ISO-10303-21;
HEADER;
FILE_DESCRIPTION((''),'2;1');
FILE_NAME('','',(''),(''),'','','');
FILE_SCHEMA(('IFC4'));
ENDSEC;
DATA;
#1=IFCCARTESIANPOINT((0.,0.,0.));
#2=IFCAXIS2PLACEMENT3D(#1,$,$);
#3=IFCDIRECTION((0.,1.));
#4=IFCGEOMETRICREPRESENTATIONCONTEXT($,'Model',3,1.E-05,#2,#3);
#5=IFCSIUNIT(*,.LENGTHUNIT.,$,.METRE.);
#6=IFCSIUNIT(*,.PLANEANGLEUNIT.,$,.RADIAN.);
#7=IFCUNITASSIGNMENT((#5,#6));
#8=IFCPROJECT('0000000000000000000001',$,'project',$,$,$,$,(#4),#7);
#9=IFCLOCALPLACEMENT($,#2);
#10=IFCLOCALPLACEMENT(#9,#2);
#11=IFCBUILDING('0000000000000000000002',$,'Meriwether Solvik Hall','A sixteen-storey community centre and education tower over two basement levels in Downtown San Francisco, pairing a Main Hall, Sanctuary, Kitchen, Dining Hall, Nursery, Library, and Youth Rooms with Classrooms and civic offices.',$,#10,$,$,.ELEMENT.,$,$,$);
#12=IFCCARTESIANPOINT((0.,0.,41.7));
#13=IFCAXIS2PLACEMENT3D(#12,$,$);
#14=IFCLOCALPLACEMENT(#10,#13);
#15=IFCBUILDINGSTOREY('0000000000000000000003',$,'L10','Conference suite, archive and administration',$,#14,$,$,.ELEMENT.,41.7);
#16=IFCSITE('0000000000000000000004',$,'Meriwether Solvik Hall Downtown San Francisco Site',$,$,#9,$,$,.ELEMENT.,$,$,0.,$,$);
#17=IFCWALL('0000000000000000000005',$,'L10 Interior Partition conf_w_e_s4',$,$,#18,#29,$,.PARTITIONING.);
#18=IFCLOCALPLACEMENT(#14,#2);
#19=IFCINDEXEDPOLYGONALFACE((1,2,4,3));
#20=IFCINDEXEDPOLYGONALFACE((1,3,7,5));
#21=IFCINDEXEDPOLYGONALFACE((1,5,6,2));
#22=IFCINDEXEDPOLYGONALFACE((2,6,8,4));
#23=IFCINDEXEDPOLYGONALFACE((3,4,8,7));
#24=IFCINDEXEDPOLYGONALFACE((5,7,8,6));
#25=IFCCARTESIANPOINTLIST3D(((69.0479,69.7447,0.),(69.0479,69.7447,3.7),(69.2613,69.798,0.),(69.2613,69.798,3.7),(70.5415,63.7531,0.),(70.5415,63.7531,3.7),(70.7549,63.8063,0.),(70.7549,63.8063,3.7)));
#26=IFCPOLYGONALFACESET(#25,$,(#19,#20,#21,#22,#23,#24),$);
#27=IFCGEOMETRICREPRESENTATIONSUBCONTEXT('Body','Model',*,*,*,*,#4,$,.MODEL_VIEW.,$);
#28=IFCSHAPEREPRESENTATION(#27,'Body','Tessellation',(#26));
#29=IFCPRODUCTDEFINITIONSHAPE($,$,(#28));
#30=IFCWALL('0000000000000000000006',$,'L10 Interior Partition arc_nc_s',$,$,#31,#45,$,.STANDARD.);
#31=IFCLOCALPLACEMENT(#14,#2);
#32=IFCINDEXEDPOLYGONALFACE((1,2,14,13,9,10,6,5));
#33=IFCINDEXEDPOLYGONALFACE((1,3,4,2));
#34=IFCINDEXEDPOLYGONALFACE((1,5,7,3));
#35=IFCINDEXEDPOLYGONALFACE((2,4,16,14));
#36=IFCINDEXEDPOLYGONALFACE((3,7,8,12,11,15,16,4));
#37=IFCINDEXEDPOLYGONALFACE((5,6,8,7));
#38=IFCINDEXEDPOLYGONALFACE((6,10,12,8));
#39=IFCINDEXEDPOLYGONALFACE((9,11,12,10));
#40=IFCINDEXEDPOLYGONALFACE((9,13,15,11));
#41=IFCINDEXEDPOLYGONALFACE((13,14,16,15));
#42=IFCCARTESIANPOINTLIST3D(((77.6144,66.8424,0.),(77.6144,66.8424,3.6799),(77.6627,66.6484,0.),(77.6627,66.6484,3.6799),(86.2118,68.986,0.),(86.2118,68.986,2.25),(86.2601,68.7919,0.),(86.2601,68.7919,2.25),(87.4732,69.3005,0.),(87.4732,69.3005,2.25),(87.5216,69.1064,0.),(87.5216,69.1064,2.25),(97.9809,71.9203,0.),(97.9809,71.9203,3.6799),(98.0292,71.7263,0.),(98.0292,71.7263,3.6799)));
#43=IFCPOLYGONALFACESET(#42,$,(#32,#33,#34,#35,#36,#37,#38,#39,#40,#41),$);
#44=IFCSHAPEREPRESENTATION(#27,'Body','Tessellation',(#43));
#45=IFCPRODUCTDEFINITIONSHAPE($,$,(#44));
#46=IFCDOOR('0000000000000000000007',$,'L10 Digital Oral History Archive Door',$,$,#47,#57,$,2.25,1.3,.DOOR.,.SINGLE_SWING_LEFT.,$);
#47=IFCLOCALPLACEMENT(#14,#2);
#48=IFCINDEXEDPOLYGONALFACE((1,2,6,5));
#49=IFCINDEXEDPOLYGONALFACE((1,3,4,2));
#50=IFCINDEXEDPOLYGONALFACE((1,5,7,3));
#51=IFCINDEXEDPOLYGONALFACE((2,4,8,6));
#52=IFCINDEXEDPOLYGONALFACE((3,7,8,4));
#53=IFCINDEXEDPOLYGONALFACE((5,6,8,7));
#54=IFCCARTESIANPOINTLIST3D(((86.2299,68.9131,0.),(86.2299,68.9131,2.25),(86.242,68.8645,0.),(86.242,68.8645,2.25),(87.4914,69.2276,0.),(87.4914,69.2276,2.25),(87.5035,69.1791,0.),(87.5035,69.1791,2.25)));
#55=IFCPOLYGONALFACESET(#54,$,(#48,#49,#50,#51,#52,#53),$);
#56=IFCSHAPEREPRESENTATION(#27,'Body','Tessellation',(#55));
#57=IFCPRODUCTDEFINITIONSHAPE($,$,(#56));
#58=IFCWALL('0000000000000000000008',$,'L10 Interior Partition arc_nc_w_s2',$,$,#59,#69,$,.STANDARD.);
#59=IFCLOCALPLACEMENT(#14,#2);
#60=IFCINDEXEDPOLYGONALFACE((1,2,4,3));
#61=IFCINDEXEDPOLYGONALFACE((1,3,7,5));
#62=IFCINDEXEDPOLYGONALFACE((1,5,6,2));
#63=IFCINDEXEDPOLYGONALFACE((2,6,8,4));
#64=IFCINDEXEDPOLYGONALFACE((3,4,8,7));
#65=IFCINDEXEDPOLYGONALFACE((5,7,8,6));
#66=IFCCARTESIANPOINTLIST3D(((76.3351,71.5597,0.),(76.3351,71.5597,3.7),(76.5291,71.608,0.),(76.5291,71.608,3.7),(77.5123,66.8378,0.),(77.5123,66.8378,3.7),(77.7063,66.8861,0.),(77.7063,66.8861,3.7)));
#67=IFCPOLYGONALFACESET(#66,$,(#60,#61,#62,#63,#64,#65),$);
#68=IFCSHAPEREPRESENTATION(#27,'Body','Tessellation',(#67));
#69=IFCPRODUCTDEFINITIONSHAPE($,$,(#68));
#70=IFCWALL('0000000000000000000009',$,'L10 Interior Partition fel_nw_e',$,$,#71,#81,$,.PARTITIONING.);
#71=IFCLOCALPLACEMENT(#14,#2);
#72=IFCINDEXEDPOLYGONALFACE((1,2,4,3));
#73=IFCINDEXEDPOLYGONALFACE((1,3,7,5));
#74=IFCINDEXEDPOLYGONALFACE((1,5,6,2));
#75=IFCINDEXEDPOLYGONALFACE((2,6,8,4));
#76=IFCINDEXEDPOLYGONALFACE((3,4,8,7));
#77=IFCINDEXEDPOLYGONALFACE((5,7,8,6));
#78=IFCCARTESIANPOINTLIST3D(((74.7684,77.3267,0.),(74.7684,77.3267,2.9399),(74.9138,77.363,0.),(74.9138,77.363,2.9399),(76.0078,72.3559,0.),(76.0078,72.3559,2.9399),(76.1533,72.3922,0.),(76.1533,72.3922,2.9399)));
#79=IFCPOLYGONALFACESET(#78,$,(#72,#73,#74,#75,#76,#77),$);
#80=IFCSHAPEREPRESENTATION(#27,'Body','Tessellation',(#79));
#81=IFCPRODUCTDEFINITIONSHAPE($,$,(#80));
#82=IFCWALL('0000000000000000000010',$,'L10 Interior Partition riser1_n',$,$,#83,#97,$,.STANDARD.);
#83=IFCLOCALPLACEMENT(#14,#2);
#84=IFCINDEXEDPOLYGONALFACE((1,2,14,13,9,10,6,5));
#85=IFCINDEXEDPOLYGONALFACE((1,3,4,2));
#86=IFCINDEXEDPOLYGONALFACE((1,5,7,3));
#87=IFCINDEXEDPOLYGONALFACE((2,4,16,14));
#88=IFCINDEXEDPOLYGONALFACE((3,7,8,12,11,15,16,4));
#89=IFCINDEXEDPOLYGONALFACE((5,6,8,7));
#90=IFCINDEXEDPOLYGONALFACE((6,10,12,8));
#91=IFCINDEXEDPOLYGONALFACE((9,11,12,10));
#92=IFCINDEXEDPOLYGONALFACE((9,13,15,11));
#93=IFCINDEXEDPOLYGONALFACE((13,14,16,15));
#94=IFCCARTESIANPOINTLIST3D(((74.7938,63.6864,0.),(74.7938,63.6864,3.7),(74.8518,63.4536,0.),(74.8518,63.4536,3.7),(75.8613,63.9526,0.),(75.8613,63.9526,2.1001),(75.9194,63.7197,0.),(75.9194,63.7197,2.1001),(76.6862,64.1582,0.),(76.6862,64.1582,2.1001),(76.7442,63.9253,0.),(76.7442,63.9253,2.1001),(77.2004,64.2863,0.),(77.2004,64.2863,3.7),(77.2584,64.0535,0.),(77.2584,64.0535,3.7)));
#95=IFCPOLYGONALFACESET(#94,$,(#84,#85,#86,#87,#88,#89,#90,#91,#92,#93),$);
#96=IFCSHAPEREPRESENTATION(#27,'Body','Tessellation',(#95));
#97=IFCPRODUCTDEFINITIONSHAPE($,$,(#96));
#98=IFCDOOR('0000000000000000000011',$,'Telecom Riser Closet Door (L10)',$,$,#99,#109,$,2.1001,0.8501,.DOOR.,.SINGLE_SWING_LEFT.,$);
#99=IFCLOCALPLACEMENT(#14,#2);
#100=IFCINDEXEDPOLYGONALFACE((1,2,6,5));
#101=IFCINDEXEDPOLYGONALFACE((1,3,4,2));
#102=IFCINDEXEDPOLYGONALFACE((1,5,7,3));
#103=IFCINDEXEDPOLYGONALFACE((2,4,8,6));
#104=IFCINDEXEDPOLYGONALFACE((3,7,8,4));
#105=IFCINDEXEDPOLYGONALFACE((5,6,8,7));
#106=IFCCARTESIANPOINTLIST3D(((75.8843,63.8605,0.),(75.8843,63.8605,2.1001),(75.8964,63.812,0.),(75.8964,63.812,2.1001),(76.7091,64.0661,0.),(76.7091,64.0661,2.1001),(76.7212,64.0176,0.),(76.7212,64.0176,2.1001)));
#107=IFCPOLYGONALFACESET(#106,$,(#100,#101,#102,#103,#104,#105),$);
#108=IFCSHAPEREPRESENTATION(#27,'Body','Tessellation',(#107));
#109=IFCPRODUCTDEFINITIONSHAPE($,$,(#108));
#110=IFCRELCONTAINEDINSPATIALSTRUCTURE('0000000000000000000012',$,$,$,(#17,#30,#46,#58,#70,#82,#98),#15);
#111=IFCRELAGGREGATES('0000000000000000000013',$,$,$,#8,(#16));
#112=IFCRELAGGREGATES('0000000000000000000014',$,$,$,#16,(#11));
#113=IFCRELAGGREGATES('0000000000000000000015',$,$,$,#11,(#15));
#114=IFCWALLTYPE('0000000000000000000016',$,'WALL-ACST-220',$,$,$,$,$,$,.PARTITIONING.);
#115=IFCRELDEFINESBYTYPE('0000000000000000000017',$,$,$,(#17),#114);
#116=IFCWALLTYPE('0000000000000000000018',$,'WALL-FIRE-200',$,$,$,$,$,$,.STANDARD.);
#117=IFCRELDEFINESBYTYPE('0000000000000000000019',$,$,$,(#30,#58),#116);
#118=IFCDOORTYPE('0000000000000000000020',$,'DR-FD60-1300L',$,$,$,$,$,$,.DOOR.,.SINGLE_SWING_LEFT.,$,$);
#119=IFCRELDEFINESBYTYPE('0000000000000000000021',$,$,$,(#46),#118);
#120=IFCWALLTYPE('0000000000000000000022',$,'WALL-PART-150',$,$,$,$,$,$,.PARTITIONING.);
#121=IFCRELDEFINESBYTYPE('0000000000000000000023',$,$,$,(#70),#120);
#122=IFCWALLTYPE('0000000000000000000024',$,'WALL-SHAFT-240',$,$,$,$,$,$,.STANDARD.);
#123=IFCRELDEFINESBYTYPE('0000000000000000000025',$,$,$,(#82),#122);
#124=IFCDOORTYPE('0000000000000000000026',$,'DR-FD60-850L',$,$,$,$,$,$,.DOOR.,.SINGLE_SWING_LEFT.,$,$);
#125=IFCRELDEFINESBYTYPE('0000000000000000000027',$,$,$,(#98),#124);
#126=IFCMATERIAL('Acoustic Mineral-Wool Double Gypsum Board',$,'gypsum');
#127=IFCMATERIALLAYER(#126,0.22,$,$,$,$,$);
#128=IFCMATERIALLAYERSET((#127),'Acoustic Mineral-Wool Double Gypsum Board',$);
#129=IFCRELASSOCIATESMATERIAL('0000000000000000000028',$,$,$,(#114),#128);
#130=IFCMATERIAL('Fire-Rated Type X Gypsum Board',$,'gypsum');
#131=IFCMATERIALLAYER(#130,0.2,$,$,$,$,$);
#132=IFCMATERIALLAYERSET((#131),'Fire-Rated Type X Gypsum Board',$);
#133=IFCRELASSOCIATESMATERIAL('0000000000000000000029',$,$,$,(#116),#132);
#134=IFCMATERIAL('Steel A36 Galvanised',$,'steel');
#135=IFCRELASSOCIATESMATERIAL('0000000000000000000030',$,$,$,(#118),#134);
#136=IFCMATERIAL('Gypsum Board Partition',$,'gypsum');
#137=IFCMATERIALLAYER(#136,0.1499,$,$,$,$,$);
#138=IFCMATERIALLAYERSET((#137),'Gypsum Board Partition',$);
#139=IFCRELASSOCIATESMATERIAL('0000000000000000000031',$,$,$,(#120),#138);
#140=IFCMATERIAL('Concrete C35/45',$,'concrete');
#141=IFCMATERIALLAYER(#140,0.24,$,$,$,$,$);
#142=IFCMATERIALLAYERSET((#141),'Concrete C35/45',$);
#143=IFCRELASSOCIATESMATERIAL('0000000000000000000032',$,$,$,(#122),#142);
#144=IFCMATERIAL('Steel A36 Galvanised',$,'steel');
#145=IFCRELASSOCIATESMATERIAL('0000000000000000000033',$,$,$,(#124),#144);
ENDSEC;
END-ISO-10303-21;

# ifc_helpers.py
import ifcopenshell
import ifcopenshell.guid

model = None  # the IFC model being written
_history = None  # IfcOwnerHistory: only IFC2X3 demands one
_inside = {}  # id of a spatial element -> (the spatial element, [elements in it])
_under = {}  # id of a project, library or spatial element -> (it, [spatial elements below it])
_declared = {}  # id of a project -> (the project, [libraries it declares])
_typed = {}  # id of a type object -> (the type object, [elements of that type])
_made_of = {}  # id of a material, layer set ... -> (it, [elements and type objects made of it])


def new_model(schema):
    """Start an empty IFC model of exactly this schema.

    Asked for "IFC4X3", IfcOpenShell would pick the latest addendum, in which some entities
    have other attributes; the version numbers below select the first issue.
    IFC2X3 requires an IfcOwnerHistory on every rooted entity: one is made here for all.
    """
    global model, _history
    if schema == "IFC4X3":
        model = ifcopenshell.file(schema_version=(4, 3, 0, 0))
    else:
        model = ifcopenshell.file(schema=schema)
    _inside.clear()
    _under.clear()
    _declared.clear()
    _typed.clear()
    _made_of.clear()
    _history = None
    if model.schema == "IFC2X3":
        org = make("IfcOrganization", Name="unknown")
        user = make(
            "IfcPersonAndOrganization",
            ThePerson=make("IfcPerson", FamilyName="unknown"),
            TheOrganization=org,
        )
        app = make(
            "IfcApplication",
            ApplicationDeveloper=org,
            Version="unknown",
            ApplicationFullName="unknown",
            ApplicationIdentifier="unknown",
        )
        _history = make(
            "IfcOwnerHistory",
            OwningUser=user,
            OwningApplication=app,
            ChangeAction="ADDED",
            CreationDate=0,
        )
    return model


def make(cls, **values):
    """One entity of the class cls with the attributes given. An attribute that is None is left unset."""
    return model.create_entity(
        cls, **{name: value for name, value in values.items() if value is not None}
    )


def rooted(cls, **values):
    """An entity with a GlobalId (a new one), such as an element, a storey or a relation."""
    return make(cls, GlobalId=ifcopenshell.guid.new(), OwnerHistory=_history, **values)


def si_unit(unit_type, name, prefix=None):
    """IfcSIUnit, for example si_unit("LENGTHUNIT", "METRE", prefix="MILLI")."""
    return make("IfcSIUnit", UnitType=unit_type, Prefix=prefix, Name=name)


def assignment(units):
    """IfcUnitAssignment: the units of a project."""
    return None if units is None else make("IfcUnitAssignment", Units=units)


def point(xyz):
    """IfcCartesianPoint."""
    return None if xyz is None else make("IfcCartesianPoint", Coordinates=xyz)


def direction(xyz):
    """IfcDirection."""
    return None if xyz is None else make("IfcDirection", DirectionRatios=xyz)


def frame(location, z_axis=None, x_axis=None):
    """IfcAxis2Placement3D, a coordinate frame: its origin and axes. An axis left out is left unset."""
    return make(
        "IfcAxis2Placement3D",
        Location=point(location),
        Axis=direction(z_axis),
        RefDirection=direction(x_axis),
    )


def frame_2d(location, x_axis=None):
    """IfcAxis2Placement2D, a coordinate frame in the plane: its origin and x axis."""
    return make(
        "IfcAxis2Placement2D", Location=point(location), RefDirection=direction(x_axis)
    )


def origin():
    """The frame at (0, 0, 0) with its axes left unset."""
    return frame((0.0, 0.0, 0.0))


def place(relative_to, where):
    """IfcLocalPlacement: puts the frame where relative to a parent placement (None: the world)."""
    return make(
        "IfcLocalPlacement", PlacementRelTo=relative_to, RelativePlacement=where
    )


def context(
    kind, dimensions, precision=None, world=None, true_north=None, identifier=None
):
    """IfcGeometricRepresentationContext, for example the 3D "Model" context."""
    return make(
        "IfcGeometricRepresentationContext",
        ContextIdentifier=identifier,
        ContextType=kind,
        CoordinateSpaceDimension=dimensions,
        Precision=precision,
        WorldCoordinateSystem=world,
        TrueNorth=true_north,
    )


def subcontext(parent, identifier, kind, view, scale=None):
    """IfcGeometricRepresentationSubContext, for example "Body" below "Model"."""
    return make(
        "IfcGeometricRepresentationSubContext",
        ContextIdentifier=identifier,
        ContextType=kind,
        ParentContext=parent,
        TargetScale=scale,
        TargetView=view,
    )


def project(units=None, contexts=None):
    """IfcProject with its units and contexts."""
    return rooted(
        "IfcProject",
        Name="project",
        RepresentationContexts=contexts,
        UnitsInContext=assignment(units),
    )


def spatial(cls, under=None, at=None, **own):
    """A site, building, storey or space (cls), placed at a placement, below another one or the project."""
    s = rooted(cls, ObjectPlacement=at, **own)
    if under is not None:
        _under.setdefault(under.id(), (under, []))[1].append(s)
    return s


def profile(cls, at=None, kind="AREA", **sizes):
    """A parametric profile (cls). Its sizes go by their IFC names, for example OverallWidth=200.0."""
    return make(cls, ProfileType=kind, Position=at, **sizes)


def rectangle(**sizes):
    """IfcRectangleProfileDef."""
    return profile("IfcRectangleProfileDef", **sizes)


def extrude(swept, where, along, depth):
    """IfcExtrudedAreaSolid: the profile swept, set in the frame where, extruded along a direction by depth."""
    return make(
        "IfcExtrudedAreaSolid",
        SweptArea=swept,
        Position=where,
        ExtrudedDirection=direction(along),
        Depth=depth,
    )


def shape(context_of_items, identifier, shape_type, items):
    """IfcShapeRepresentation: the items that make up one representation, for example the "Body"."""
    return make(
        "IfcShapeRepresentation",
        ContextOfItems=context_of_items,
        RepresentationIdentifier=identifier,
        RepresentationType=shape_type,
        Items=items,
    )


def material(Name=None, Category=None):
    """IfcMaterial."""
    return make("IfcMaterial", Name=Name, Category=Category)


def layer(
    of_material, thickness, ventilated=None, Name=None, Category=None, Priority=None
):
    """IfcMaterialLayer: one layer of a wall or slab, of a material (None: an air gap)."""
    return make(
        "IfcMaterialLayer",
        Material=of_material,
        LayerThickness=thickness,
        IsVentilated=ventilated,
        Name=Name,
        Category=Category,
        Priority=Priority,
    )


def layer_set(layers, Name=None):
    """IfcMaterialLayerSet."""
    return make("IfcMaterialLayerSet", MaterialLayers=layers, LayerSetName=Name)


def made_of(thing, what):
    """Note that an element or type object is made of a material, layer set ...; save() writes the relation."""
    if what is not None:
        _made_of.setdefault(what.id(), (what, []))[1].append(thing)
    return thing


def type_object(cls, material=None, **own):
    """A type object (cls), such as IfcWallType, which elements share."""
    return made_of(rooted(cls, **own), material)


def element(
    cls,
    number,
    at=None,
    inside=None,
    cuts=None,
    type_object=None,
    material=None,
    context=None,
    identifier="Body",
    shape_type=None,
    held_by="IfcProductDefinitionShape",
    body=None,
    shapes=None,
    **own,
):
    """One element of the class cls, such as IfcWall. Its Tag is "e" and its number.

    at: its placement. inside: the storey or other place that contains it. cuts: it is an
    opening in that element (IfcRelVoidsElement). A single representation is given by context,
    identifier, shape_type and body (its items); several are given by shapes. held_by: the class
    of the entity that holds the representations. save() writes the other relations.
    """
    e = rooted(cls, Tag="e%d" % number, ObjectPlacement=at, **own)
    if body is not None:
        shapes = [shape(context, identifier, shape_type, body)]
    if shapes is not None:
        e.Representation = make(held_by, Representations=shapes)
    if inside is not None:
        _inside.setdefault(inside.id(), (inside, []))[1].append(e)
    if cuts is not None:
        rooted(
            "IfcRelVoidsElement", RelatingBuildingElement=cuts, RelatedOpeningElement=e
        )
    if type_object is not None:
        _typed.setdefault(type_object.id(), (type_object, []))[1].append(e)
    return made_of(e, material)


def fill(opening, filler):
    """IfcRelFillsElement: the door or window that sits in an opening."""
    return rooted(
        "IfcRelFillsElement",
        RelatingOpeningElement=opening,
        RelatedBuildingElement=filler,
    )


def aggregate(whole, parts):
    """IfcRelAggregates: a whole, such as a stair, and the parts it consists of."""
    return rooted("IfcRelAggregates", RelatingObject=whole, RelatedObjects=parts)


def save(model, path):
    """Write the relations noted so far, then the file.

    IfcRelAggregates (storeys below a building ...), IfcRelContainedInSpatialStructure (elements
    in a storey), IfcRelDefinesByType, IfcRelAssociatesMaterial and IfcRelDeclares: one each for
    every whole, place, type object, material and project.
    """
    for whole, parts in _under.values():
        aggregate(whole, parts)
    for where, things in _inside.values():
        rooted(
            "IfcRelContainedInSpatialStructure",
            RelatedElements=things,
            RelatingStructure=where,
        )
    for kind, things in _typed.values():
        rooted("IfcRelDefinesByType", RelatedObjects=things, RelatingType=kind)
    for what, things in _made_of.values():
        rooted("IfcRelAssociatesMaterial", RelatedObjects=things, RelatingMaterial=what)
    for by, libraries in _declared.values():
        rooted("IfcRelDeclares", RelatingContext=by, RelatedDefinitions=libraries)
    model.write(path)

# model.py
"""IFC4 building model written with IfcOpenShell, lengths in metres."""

from ifc_helpers import new_model, si_unit, direction, frame, frame_2d, origin, place, context, subcontext, project, spatial, rectangle, extrude, material, layer, layer_set, type_object, element, fill, save


model = new_model("IFC4")

# Units and contexts
model_context = context("Model", 3, precision=1e-05, world=origin(), true_north=direction((0.0, 1.0)))
body_context = subcontext(model_context, "Body", "Model", "MODEL_VIEW")
ifc_project = project(units=[si_unit("LENGTHUNIT", "METRE"), si_unit("PLANEANGLEUNIT", "RADIAN")], contexts=[model_context])

# Site, building, storey
site_placement = place(None, origin())
site = spatial("IfcSite", under=ifc_project, at=site_placement, Name="Meriwether Solvik Hall Downtown San Francisco Site", CompositionType="ELEMENT", RefElevation=0.0)
building_placement = place(site_placement, origin())
building = spatial("IfcBuilding", under=site, at=building_placement, Name="Meriwether Solvik Hall", Description="A sixteen-storey community centre and education tower over two basement levels in Downtown San Francisco, pairing a Main Hall, Sanctuary, Kitchen, Dining Hall, Nursery, Library, and Youth Rooms with Classrooms and civic offices.", CompositionType="ELEMENT")
storey_placement = place(building_placement, frame((0.0, 0.0, 41.7)))
storey = spatial("IfcBuildingStorey", under=building, at=storey_placement, Name="L10", Description="Conference suite, archive and administration", CompositionType="ELEMENT", Elevation=41.7)

# Wall
ifc_material_1 = material(Name="Acoustic Mineral-Wool Double Gypsum Board", Category="gypsum")
ifc_layer_1 = layer(ifc_material_1, 0.22)
ifc_layer_set_1 = layer_set([ifc_layer_1], Name="Acoustic Mineral-Wool Double Gypsum Board")
wall_type_1 = type_object("IfcWallType", Name="WALL-ACST-220", PredefinedType="PARTITIONING", material=ifc_layer_set_1)
wall_1_placement = place(storey_placement, frame((70.6482, 63.7798, 0.0), z_axis=(0.0, 0.0, 1.0), x_axis=(-0.241884, 0.970305, 0.0)))
element("IfcWall", 1, at=wall_1_placement, inside=storey, type_object=wall_type_1, Name="L10 Interior Partition conf_w_e_s4", PredefinedType="PARTITIONING", context=body_context, shape_type="SweptSolid", body=[
    extrude(rectangle(XDim=6.175, YDim=0.22, at=frame_2d((3.0874, 0.0))), origin(), (0.0, 0.0, 1.0), 3.7),
])

# Wall, opening, door
ifc_material_2 = material(Name="Fire-Rated Type X Gypsum Board", Category="gypsum")
ifc_layer_2 = layer(ifc_material_2, 0.2)
ifc_layer_set_2 = layer_set([ifc_layer_2], Name="Fire-Rated Type X Gypsum Board")
wall_type_2 = type_object("IfcWallType", Name="WALL-FIRE-200", PredefinedType="STANDARD", material=ifc_layer_set_2)
wall_2_placement = place(storey_placement, frame((77.6384, 66.7454, 0.0), z_axis=(0.0, 0.0, 1.0), x_axis=(0.970296, 0.24192, 0.0)))
wall_2 = element("IfcWall", 2, at=wall_2_placement, inside=storey, type_object=wall_type_2, Name="L10 Interior Partition arc_nc_s", PredefinedType="STANDARD", context=body_context, shape_type="SweptSolid", body=[
    extrude(rectangle(XDim=20.99, YDim=0.2, at=frame_2d((10.4951, 0.0))), origin(), (0.0, 0.0, 1.0), 3.6799),
])
opening_1_placement = place(wall_2_placement, frame((8.8608, 0.0, 0.0)))
opening_1 = element("IfcOpeningElement", 3, at=opening_1_placement, cuts=wall_2, PredefinedType="OPENING", context=body_context, shape_type="SweptSolid", body=[
    extrude(rectangle(XDim=1.3, YDim=2.25, at=frame_2d((0.6499, 1.125))), frame((0.0, 0.1118, 0.0), z_axis=(0.0, -1.0, 0.0), x_axis=(1.0, 0.0, 0.0)), (0.0, 0.0, 1.0), 0.2239),
])
ifc_material_3 = material(Name="Steel A36 Galvanised", Category="steel")
door_type_1 = type_object("IfcDoorType", Name="DR-FD60-1300L", OperationType="SINGLE_SWING_LEFT", PredefinedType="DOOR", material=ifc_material_3)
door_1_placement = place(opening_1_placement, origin())
door_1 = element("IfcDoor", 4, at=door_1_placement, inside=storey, type_object=door_type_1, Name="L10 Digital Oral History Archive Door", OperationType="SINGLE_SWING_LEFT", OverallHeight=2.25, OverallWidth=1.3, PredefinedType="DOOR", context=body_context, shape_type="SweptSolid", body=[
    extrude(rectangle(XDim=1.3, YDim=2.25, at=frame_2d((0.6499, 1.125))), frame((0.0, 0.0249, 0.0), z_axis=(0.0, -1.0, 0.0), x_axis=(1.0, 0.0, 0.0)), (0.0, 0.0, 1.0), 0.05),
])
fill(opening_1, door_1)

# Walls
wall_3_placement = place(storey_placement, frame((76.4321, 71.5837, 0.0), z_axis=(0.0, 0.0, 1.0), x_axis=(0.24191, -0.970299, 0.0)))
element("IfcWall", 5, at=wall_3_placement, inside=storey, type_object=wall_type_2, Name="L10 Interior Partition arc_nc_w_s2", PredefinedType="STANDARD", context=body_context, shape_type="SweptSolid", body=[
    extrude(rectangle(XDim=4.8665, YDim=0.2, at=frame_2d((2.4331, 0.0))), origin(), (0.0, 0.0, 1.0), 3.7),
])
ifc_material_4 = material(Name="Gypsum Board Partition", Category="gypsum")
ifc_layer_3 = layer(ifc_material_4, 0.1499)
ifc_layer_set_3 = layer_set([ifc_layer_3], Name="Gypsum Board Partition")
wall_type_3 = type_object("IfcWallType", Name="WALL-PART-150", PredefinedType="PARTITIONING", material=ifc_layer_set_3)
wall_4_placement = place(storey_placement, frame((76.0806, 72.374, 0.0), z_axis=(0.0, 0.0, 1.0), x_axis=(-0.241941, 0.970291, 0.0)))
element("IfcWall", 6, at=wall_4_placement, inside=storey, type_object=wall_type_3, Name="L10 Interior Partition fel_nw_e", PredefinedType="PARTITIONING", context=body_context, shape_type="SweptSolid", body=[
    extrude(rectangle(XDim=5.123, YDim=0.1499, at=frame_2d((2.5615, 0.0))), origin(), (0.0, 0.0, 1.0), 2.9399),
])

# Wall, opening, door
ifc_material_5 = material(Name="Concrete C35/45", Category="concrete")
ifc_layer_4 = layer(ifc_material_5, 0.24)
ifc_layer_set_4 = layer_set([ifc_layer_4], Name="Concrete C35/45")
wall_type_4 = type_object("IfcWallType", Name="WALL-SHAFT-240", PredefinedType="STANDARD", material=ifc_layer_set_4)
wall_5_placement = place(storey_placement, frame((77.2295, 64.1699, 0.0), z_axis=(0.0, 0.0, 1.0), x_axis=(-0.97031, -0.241864, 0.0)))
wall_5 = element("IfcWall", 7, at=wall_5_placement, inside=storey, type_object=wall_type_4, Name="L10 Interior Partition riser1_n", PredefinedType="STANDARD", context=body_context, shape_type="SweptSolid", body=[
    extrude(rectangle(XDim=2.4802, YDim=0.24, at=frame_2d((1.2402, 0.0))), origin(), (0.0, 0.0, 1.0), 3.7),
])
opening_2_placement = place(wall_5_placement, frame((0.53, 0.0, 0.0)))
opening_2 = element("IfcOpeningElement", 8, at=opening_2_placement, cuts=wall_5, PredefinedType="OPENING", context=body_context, shape_type="SweptSolid", body=[
    extrude(rectangle(XDim=0.8501, YDim=2.1001, at=frame_2d((0.425, 1.05))), frame((0.0, 0.1318, 0.0), z_axis=(0.0, -1.0, 0.0), x_axis=(1.0, 0.0, 0.0)), (0.0, 0.0, 1.0), 0.2639),
])
ifc_material_6 = material(Name="Steel A36 Galvanised", Category="steel")
door_type_2 = type_object("IfcDoorType", Name="DR-FD60-850L", OperationType="SINGLE_SWING_LEFT", PredefinedType="DOOR", material=ifc_material_6)
door_2_placement = place(opening_2_placement, origin())
door_2 = element("IfcDoor", 9, at=door_2_placement, inside=storey, type_object=door_type_2, Name="Telecom Riser Closet Door (L10)", OperationType="SINGLE_SWING_LEFT", OverallHeight=2.1001, OverallWidth=0.8501, PredefinedType="DOOR", context=body_context, shape_type="SweptSolid", body=[
    extrude(rectangle(XDim=0.8501, YDim=2.1001, at=frame_2d((0.425, 1.05))), frame((0.0, 0.0249, 0.0), z_axis=(0.0, -1.0, 0.0), x_axis=(1.0, 0.0, 0.0)), (0.0, 0.0, 1.0), 0.05),
])
fill(opening_2, door_2)

save(model, "model.ifc")
